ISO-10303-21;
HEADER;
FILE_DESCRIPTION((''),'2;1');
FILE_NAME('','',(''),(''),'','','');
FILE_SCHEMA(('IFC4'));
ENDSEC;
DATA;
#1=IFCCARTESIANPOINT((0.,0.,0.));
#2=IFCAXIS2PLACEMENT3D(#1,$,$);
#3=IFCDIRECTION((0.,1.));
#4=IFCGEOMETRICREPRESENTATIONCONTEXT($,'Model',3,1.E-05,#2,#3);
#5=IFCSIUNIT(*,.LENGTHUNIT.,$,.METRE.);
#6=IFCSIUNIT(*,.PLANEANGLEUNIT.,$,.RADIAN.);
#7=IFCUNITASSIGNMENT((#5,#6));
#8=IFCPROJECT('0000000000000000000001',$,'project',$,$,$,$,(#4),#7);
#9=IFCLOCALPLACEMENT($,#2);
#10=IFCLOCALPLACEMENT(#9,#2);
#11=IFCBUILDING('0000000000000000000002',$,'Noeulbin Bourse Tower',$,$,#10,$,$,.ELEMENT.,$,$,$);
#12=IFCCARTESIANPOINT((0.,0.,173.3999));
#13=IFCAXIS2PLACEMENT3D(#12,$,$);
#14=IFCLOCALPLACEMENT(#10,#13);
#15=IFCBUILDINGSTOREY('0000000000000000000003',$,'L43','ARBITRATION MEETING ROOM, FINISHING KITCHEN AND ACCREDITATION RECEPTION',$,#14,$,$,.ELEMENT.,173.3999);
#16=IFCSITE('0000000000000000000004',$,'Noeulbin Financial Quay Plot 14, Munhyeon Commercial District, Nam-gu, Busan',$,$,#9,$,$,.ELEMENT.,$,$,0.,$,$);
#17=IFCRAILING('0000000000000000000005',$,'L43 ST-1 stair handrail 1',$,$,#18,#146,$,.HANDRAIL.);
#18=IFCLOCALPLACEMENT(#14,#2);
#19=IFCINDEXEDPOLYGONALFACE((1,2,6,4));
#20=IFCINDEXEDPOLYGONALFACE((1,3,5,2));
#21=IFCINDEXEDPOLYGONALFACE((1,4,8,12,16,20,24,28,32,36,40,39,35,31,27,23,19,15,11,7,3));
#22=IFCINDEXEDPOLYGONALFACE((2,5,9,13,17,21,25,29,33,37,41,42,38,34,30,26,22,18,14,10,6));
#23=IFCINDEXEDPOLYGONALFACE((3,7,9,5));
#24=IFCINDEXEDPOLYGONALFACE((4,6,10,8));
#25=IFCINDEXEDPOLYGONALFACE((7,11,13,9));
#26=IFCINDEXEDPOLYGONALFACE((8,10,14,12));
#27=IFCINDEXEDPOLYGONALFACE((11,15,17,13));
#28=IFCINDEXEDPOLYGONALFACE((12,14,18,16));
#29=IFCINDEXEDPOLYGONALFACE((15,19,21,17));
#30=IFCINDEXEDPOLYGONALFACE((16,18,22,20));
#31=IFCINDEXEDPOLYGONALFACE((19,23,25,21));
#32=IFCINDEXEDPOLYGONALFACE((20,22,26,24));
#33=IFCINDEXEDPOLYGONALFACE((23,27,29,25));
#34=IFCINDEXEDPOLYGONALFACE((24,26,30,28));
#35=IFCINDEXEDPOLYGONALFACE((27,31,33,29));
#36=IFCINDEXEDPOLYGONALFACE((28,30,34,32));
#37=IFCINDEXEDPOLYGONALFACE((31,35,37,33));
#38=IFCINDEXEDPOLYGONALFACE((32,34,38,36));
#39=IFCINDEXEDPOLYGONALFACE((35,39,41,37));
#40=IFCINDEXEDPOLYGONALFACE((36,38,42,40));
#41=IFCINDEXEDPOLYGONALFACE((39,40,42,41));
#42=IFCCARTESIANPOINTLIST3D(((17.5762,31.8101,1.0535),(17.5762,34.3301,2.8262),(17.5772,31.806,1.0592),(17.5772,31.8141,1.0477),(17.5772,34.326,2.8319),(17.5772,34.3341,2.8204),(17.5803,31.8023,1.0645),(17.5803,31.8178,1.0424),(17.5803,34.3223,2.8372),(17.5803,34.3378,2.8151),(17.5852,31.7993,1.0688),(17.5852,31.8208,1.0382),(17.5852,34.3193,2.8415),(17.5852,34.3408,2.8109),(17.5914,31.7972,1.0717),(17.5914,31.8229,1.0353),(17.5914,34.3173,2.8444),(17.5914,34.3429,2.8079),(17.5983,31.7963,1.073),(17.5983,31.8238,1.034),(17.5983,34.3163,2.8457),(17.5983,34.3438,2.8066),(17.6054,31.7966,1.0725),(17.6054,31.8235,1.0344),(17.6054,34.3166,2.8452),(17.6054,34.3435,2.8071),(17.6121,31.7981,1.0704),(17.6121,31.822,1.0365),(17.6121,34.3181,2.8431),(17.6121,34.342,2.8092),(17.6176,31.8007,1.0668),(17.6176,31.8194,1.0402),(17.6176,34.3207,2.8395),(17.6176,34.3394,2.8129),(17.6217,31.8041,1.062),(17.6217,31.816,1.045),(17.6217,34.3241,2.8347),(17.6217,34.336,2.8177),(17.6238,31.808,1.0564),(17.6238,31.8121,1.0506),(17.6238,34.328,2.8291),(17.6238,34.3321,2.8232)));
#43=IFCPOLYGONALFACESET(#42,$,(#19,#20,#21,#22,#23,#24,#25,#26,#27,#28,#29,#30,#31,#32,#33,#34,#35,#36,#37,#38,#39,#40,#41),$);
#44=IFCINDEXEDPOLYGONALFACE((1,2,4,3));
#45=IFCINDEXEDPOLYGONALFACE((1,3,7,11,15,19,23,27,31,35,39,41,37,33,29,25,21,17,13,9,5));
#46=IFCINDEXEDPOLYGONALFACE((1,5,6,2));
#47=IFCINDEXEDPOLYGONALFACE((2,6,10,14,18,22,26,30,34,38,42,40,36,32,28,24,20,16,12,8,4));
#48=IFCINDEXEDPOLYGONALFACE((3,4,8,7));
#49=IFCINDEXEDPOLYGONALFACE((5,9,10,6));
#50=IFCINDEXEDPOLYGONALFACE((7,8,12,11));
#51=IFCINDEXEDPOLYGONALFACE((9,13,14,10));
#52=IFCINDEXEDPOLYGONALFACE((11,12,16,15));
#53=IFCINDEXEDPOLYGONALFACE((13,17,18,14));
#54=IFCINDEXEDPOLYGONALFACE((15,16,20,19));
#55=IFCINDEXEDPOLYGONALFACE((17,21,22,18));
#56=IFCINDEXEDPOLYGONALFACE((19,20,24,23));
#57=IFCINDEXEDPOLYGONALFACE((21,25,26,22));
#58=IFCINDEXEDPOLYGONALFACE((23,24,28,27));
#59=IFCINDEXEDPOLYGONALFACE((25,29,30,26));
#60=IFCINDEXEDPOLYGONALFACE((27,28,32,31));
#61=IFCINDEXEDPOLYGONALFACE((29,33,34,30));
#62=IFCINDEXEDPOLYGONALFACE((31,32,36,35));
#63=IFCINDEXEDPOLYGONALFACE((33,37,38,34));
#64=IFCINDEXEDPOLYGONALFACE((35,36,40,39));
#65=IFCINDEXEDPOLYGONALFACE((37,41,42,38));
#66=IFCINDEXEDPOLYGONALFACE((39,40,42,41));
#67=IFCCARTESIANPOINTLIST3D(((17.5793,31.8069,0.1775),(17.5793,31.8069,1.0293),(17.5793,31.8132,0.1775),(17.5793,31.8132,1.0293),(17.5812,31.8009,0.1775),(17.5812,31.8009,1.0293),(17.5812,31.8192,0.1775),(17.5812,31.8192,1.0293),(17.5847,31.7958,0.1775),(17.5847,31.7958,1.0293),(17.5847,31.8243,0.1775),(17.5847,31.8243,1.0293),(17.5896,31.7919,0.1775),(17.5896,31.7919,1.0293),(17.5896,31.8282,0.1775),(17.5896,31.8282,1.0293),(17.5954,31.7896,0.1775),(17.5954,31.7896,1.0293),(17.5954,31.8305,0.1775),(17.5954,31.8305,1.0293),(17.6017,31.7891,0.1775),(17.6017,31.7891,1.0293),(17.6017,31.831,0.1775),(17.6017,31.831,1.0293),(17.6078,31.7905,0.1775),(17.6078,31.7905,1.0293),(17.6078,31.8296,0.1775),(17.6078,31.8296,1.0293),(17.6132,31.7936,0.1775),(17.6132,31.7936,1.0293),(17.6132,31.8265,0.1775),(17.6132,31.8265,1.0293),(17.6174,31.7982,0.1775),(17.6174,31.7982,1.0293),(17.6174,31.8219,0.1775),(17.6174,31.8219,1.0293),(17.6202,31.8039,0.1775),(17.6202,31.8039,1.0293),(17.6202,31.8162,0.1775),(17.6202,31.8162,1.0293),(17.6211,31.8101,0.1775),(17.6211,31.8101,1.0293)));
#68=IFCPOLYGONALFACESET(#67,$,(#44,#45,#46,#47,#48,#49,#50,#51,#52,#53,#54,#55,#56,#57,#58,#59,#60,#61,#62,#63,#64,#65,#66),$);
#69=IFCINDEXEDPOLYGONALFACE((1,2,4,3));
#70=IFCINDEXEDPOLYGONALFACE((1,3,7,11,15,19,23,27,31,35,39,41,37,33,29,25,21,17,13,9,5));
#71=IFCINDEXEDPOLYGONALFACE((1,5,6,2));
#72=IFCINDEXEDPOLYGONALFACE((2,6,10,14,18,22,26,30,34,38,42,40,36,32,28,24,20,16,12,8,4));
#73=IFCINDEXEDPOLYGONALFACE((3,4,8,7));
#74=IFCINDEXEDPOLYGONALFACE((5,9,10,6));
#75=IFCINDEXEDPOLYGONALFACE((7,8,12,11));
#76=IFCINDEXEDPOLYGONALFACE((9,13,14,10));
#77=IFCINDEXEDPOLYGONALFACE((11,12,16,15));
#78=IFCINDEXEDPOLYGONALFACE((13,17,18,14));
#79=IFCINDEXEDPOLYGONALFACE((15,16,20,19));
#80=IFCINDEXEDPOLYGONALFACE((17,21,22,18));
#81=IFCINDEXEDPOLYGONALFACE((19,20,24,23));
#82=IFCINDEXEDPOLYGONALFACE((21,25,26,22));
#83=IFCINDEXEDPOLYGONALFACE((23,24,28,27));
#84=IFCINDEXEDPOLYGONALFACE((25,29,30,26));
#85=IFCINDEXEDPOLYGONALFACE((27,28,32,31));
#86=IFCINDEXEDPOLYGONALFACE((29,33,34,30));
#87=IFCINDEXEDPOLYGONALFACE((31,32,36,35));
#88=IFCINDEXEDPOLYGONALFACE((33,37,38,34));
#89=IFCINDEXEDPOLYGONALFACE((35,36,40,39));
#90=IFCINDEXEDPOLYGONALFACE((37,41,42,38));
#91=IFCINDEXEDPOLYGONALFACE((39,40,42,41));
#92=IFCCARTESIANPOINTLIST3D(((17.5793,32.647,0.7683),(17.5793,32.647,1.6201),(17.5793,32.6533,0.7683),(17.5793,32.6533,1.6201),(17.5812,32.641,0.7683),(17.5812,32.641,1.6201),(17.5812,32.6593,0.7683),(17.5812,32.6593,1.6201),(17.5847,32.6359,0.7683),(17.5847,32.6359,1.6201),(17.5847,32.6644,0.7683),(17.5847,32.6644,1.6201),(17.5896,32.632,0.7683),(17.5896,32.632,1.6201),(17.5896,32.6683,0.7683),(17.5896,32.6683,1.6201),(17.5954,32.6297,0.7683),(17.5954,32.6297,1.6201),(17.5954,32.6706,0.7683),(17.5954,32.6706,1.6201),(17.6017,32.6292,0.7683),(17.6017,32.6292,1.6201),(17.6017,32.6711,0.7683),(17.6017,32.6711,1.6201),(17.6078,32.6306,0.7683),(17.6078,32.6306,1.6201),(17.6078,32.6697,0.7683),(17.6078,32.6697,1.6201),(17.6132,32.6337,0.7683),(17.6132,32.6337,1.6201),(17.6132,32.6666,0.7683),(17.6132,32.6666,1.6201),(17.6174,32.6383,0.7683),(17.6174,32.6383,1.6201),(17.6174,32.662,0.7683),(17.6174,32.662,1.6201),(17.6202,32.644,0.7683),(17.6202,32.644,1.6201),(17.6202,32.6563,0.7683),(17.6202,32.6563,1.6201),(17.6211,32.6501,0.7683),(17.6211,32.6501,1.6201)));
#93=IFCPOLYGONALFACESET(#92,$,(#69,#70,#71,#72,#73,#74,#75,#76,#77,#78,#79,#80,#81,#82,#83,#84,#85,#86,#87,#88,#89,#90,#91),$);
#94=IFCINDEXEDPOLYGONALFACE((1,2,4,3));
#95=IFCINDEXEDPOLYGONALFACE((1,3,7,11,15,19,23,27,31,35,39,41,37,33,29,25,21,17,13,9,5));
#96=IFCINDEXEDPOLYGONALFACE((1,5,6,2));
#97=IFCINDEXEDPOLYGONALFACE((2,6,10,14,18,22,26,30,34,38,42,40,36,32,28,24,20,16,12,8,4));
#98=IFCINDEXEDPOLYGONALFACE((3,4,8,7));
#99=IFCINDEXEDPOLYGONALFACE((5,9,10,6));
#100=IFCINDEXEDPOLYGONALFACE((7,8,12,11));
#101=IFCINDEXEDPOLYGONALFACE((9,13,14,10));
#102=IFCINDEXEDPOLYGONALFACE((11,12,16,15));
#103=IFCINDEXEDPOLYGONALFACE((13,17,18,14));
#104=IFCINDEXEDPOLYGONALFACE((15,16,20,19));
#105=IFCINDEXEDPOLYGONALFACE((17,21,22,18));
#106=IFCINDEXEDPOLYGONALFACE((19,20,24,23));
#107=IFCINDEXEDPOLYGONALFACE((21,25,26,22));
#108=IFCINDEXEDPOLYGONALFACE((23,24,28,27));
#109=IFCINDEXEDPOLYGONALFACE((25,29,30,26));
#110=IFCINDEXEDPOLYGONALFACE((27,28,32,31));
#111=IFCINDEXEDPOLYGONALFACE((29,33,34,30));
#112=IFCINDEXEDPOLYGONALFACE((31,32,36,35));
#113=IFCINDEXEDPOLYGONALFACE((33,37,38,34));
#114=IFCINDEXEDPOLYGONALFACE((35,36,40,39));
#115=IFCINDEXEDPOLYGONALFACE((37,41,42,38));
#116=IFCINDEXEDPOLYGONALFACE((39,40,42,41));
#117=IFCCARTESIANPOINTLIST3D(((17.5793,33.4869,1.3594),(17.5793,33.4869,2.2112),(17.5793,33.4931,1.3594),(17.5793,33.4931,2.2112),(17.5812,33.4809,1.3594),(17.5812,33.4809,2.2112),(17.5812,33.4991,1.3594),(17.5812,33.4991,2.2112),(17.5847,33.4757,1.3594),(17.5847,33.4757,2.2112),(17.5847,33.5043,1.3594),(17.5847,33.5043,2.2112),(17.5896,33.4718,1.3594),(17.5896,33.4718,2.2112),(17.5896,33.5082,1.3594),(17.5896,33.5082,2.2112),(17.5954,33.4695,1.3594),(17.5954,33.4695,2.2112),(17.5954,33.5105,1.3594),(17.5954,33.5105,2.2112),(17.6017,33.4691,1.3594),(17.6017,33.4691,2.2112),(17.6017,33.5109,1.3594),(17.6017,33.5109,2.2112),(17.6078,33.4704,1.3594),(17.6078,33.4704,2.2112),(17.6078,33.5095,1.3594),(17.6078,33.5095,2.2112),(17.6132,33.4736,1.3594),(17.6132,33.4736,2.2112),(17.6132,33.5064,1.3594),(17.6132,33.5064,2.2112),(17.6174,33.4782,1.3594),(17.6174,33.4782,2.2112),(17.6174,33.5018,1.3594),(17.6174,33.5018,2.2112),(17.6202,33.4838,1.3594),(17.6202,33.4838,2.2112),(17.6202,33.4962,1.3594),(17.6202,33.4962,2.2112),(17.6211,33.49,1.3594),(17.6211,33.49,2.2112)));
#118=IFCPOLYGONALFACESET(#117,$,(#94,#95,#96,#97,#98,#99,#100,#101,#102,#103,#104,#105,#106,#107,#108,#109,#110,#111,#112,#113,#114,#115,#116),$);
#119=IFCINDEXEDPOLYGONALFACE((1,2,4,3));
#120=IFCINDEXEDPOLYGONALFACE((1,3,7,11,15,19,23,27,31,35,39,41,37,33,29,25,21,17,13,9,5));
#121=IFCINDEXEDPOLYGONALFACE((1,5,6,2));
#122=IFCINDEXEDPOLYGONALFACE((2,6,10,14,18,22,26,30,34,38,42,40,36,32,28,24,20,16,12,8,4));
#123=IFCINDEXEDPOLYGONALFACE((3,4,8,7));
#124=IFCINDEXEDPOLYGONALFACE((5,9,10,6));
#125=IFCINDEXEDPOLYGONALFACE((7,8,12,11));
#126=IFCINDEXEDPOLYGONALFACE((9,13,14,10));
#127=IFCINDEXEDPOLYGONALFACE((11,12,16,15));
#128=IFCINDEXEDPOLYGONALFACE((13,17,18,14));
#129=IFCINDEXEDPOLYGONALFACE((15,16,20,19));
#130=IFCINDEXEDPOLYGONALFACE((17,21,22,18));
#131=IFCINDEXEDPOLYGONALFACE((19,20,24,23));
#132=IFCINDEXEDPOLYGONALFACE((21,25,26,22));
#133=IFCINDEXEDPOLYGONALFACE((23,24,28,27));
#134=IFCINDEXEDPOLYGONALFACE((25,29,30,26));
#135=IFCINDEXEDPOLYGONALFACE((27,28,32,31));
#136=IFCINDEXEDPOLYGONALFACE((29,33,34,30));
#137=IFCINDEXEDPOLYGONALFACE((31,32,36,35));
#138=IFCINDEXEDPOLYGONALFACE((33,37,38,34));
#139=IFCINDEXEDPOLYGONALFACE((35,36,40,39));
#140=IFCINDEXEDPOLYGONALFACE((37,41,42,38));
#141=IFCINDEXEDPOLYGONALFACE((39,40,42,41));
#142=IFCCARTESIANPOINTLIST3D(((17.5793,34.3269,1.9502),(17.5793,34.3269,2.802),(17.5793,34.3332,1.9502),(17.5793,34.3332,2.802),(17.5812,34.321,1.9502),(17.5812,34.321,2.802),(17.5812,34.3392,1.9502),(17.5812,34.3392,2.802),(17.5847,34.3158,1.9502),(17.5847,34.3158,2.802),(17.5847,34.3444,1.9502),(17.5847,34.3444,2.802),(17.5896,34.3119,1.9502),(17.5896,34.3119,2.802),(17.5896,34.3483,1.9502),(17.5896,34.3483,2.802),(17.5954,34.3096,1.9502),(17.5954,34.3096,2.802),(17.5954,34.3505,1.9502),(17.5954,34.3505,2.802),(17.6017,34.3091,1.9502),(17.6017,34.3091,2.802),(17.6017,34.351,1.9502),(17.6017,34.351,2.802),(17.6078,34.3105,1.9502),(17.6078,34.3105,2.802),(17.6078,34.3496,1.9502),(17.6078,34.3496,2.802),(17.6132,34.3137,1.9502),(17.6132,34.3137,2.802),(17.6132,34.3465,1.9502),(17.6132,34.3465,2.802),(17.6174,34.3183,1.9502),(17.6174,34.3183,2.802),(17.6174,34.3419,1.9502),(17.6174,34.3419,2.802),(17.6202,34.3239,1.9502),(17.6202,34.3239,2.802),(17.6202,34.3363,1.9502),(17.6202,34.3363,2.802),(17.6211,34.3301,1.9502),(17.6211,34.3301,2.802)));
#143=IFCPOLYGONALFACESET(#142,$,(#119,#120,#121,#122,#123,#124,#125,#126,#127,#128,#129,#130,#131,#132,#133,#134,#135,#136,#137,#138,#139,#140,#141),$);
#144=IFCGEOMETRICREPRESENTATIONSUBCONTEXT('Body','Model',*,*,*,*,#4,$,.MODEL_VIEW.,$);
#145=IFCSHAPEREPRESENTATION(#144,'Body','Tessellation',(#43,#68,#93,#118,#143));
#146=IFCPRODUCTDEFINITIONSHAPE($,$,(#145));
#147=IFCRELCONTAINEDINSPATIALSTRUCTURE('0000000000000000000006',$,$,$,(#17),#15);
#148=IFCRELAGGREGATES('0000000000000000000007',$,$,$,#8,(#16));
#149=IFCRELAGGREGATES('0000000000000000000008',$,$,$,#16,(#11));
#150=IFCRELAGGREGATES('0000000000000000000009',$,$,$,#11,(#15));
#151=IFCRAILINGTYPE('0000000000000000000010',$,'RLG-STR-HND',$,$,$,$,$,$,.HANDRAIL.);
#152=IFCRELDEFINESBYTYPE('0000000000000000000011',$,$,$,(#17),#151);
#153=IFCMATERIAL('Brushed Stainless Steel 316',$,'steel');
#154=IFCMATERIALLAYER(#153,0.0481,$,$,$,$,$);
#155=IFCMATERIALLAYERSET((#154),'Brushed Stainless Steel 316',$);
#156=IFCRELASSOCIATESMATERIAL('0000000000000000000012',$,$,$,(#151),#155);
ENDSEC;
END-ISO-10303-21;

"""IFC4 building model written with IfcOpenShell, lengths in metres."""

from ifc_helpers import new_model, si_unit, direction, frame, origin, origin_2d, place, context, subcontext, project, spatial, circle, extrude, material, layer, layer_set, type_object, element, save


model = new_model("IFC4")

# Units and contexts
model_context = context("Model", 3, precision=1e-05, world=origin(), true_north=direction((0.0, 1.0)))
body_context = subcontext(model_context, "Body", "Model", "MODEL_VIEW")
ifc_project = project(units=[si_unit("LENGTHUNIT", "METRE"), si_unit("PLANEANGLEUNIT", "RADIAN")], contexts=[model_context])

# Site, building, storey
site_placement = place(None, origin())
site = spatial("IfcSite", under=ifc_project, at=site_placement, Name="Noeulbin Financial Quay Plot 14, Munhyeon Commercial District, Nam-gu, Busan", CompositionType="ELEMENT", RefElevation=0.0)
building_placement = place(site_placement, origin())
building = spatial("IfcBuilding", under=site, at=building_placement, Name="Noeulbin Bourse Tower", CompositionType="ELEMENT")
storey_placement = place(building_placement, frame((0.0, 0.0, 173.3999)))
storey = spatial("IfcBuildingStorey", under=building, at=storey_placement, Name="L43", Description="ARBITRATION MEETING ROOM, FINISHING KITCHEN AND ACCREDITATION RECEPTION", CompositionType="ELEMENT", Elevation=173.3999)

# Shared definitions
ifc_material_1 = material(Name="Brushed Stainless Steel 316", Category="steel")

# Railing
ifc_layer_1 = layer(ifc_material_1, 0.0481)
ifc_layer_set_1 = layer_set([ifc_layer_1], Name="Brushed Stainless Steel 316")
railing_type_1 = type_object("IfcRailingType", Name="RLG-STR-HND", PredefinedType="HANDRAIL", material=ifc_layer_set_1)
railing_1_placement = place(storey_placement, frame((17.6001, 31.8101, 0.1775)))
element("IfcRailing", 1, at=railing_1_placement, inside=storey, type_object=railing_type_1, Name="L43 ST-1 stair handrail 1", PredefinedType="HANDRAIL", context=body_context, shape_type="SweptSolid", body=[
    extrude(circle(Radius=0.0239, at=origin_2d()), frame((0.0, 0.0, 0.876), z_axis=(0.0, 0.817904, 0.575354), x_axis=(-1.0, 0.0, 0.0)), (0.0, 0.0, 1.0), 3.0811),
    extrude(circle(Radius=0.021, at=origin_2d()), origin(), (0.0, 0.0, 1.0), 0.8518),
    extrude(circle(Radius=0.021, at=origin_2d()), frame((0.0, 0.8401, 0.5908)), (0.0, 0.0, 1.0), 0.8518),
    extrude(circle(Radius=0.021, at=origin_2d()), frame((0.0, 1.6799, 1.1819)), (0.0, 0.0, 1.0), 0.8518),
    extrude(circle(Radius=0.021, at=origin_2d()), frame((0.0, 2.52, 1.7727)), (0.0, 0.0, 1.0), 0.8518),
])

save(model, "model.ifc")
